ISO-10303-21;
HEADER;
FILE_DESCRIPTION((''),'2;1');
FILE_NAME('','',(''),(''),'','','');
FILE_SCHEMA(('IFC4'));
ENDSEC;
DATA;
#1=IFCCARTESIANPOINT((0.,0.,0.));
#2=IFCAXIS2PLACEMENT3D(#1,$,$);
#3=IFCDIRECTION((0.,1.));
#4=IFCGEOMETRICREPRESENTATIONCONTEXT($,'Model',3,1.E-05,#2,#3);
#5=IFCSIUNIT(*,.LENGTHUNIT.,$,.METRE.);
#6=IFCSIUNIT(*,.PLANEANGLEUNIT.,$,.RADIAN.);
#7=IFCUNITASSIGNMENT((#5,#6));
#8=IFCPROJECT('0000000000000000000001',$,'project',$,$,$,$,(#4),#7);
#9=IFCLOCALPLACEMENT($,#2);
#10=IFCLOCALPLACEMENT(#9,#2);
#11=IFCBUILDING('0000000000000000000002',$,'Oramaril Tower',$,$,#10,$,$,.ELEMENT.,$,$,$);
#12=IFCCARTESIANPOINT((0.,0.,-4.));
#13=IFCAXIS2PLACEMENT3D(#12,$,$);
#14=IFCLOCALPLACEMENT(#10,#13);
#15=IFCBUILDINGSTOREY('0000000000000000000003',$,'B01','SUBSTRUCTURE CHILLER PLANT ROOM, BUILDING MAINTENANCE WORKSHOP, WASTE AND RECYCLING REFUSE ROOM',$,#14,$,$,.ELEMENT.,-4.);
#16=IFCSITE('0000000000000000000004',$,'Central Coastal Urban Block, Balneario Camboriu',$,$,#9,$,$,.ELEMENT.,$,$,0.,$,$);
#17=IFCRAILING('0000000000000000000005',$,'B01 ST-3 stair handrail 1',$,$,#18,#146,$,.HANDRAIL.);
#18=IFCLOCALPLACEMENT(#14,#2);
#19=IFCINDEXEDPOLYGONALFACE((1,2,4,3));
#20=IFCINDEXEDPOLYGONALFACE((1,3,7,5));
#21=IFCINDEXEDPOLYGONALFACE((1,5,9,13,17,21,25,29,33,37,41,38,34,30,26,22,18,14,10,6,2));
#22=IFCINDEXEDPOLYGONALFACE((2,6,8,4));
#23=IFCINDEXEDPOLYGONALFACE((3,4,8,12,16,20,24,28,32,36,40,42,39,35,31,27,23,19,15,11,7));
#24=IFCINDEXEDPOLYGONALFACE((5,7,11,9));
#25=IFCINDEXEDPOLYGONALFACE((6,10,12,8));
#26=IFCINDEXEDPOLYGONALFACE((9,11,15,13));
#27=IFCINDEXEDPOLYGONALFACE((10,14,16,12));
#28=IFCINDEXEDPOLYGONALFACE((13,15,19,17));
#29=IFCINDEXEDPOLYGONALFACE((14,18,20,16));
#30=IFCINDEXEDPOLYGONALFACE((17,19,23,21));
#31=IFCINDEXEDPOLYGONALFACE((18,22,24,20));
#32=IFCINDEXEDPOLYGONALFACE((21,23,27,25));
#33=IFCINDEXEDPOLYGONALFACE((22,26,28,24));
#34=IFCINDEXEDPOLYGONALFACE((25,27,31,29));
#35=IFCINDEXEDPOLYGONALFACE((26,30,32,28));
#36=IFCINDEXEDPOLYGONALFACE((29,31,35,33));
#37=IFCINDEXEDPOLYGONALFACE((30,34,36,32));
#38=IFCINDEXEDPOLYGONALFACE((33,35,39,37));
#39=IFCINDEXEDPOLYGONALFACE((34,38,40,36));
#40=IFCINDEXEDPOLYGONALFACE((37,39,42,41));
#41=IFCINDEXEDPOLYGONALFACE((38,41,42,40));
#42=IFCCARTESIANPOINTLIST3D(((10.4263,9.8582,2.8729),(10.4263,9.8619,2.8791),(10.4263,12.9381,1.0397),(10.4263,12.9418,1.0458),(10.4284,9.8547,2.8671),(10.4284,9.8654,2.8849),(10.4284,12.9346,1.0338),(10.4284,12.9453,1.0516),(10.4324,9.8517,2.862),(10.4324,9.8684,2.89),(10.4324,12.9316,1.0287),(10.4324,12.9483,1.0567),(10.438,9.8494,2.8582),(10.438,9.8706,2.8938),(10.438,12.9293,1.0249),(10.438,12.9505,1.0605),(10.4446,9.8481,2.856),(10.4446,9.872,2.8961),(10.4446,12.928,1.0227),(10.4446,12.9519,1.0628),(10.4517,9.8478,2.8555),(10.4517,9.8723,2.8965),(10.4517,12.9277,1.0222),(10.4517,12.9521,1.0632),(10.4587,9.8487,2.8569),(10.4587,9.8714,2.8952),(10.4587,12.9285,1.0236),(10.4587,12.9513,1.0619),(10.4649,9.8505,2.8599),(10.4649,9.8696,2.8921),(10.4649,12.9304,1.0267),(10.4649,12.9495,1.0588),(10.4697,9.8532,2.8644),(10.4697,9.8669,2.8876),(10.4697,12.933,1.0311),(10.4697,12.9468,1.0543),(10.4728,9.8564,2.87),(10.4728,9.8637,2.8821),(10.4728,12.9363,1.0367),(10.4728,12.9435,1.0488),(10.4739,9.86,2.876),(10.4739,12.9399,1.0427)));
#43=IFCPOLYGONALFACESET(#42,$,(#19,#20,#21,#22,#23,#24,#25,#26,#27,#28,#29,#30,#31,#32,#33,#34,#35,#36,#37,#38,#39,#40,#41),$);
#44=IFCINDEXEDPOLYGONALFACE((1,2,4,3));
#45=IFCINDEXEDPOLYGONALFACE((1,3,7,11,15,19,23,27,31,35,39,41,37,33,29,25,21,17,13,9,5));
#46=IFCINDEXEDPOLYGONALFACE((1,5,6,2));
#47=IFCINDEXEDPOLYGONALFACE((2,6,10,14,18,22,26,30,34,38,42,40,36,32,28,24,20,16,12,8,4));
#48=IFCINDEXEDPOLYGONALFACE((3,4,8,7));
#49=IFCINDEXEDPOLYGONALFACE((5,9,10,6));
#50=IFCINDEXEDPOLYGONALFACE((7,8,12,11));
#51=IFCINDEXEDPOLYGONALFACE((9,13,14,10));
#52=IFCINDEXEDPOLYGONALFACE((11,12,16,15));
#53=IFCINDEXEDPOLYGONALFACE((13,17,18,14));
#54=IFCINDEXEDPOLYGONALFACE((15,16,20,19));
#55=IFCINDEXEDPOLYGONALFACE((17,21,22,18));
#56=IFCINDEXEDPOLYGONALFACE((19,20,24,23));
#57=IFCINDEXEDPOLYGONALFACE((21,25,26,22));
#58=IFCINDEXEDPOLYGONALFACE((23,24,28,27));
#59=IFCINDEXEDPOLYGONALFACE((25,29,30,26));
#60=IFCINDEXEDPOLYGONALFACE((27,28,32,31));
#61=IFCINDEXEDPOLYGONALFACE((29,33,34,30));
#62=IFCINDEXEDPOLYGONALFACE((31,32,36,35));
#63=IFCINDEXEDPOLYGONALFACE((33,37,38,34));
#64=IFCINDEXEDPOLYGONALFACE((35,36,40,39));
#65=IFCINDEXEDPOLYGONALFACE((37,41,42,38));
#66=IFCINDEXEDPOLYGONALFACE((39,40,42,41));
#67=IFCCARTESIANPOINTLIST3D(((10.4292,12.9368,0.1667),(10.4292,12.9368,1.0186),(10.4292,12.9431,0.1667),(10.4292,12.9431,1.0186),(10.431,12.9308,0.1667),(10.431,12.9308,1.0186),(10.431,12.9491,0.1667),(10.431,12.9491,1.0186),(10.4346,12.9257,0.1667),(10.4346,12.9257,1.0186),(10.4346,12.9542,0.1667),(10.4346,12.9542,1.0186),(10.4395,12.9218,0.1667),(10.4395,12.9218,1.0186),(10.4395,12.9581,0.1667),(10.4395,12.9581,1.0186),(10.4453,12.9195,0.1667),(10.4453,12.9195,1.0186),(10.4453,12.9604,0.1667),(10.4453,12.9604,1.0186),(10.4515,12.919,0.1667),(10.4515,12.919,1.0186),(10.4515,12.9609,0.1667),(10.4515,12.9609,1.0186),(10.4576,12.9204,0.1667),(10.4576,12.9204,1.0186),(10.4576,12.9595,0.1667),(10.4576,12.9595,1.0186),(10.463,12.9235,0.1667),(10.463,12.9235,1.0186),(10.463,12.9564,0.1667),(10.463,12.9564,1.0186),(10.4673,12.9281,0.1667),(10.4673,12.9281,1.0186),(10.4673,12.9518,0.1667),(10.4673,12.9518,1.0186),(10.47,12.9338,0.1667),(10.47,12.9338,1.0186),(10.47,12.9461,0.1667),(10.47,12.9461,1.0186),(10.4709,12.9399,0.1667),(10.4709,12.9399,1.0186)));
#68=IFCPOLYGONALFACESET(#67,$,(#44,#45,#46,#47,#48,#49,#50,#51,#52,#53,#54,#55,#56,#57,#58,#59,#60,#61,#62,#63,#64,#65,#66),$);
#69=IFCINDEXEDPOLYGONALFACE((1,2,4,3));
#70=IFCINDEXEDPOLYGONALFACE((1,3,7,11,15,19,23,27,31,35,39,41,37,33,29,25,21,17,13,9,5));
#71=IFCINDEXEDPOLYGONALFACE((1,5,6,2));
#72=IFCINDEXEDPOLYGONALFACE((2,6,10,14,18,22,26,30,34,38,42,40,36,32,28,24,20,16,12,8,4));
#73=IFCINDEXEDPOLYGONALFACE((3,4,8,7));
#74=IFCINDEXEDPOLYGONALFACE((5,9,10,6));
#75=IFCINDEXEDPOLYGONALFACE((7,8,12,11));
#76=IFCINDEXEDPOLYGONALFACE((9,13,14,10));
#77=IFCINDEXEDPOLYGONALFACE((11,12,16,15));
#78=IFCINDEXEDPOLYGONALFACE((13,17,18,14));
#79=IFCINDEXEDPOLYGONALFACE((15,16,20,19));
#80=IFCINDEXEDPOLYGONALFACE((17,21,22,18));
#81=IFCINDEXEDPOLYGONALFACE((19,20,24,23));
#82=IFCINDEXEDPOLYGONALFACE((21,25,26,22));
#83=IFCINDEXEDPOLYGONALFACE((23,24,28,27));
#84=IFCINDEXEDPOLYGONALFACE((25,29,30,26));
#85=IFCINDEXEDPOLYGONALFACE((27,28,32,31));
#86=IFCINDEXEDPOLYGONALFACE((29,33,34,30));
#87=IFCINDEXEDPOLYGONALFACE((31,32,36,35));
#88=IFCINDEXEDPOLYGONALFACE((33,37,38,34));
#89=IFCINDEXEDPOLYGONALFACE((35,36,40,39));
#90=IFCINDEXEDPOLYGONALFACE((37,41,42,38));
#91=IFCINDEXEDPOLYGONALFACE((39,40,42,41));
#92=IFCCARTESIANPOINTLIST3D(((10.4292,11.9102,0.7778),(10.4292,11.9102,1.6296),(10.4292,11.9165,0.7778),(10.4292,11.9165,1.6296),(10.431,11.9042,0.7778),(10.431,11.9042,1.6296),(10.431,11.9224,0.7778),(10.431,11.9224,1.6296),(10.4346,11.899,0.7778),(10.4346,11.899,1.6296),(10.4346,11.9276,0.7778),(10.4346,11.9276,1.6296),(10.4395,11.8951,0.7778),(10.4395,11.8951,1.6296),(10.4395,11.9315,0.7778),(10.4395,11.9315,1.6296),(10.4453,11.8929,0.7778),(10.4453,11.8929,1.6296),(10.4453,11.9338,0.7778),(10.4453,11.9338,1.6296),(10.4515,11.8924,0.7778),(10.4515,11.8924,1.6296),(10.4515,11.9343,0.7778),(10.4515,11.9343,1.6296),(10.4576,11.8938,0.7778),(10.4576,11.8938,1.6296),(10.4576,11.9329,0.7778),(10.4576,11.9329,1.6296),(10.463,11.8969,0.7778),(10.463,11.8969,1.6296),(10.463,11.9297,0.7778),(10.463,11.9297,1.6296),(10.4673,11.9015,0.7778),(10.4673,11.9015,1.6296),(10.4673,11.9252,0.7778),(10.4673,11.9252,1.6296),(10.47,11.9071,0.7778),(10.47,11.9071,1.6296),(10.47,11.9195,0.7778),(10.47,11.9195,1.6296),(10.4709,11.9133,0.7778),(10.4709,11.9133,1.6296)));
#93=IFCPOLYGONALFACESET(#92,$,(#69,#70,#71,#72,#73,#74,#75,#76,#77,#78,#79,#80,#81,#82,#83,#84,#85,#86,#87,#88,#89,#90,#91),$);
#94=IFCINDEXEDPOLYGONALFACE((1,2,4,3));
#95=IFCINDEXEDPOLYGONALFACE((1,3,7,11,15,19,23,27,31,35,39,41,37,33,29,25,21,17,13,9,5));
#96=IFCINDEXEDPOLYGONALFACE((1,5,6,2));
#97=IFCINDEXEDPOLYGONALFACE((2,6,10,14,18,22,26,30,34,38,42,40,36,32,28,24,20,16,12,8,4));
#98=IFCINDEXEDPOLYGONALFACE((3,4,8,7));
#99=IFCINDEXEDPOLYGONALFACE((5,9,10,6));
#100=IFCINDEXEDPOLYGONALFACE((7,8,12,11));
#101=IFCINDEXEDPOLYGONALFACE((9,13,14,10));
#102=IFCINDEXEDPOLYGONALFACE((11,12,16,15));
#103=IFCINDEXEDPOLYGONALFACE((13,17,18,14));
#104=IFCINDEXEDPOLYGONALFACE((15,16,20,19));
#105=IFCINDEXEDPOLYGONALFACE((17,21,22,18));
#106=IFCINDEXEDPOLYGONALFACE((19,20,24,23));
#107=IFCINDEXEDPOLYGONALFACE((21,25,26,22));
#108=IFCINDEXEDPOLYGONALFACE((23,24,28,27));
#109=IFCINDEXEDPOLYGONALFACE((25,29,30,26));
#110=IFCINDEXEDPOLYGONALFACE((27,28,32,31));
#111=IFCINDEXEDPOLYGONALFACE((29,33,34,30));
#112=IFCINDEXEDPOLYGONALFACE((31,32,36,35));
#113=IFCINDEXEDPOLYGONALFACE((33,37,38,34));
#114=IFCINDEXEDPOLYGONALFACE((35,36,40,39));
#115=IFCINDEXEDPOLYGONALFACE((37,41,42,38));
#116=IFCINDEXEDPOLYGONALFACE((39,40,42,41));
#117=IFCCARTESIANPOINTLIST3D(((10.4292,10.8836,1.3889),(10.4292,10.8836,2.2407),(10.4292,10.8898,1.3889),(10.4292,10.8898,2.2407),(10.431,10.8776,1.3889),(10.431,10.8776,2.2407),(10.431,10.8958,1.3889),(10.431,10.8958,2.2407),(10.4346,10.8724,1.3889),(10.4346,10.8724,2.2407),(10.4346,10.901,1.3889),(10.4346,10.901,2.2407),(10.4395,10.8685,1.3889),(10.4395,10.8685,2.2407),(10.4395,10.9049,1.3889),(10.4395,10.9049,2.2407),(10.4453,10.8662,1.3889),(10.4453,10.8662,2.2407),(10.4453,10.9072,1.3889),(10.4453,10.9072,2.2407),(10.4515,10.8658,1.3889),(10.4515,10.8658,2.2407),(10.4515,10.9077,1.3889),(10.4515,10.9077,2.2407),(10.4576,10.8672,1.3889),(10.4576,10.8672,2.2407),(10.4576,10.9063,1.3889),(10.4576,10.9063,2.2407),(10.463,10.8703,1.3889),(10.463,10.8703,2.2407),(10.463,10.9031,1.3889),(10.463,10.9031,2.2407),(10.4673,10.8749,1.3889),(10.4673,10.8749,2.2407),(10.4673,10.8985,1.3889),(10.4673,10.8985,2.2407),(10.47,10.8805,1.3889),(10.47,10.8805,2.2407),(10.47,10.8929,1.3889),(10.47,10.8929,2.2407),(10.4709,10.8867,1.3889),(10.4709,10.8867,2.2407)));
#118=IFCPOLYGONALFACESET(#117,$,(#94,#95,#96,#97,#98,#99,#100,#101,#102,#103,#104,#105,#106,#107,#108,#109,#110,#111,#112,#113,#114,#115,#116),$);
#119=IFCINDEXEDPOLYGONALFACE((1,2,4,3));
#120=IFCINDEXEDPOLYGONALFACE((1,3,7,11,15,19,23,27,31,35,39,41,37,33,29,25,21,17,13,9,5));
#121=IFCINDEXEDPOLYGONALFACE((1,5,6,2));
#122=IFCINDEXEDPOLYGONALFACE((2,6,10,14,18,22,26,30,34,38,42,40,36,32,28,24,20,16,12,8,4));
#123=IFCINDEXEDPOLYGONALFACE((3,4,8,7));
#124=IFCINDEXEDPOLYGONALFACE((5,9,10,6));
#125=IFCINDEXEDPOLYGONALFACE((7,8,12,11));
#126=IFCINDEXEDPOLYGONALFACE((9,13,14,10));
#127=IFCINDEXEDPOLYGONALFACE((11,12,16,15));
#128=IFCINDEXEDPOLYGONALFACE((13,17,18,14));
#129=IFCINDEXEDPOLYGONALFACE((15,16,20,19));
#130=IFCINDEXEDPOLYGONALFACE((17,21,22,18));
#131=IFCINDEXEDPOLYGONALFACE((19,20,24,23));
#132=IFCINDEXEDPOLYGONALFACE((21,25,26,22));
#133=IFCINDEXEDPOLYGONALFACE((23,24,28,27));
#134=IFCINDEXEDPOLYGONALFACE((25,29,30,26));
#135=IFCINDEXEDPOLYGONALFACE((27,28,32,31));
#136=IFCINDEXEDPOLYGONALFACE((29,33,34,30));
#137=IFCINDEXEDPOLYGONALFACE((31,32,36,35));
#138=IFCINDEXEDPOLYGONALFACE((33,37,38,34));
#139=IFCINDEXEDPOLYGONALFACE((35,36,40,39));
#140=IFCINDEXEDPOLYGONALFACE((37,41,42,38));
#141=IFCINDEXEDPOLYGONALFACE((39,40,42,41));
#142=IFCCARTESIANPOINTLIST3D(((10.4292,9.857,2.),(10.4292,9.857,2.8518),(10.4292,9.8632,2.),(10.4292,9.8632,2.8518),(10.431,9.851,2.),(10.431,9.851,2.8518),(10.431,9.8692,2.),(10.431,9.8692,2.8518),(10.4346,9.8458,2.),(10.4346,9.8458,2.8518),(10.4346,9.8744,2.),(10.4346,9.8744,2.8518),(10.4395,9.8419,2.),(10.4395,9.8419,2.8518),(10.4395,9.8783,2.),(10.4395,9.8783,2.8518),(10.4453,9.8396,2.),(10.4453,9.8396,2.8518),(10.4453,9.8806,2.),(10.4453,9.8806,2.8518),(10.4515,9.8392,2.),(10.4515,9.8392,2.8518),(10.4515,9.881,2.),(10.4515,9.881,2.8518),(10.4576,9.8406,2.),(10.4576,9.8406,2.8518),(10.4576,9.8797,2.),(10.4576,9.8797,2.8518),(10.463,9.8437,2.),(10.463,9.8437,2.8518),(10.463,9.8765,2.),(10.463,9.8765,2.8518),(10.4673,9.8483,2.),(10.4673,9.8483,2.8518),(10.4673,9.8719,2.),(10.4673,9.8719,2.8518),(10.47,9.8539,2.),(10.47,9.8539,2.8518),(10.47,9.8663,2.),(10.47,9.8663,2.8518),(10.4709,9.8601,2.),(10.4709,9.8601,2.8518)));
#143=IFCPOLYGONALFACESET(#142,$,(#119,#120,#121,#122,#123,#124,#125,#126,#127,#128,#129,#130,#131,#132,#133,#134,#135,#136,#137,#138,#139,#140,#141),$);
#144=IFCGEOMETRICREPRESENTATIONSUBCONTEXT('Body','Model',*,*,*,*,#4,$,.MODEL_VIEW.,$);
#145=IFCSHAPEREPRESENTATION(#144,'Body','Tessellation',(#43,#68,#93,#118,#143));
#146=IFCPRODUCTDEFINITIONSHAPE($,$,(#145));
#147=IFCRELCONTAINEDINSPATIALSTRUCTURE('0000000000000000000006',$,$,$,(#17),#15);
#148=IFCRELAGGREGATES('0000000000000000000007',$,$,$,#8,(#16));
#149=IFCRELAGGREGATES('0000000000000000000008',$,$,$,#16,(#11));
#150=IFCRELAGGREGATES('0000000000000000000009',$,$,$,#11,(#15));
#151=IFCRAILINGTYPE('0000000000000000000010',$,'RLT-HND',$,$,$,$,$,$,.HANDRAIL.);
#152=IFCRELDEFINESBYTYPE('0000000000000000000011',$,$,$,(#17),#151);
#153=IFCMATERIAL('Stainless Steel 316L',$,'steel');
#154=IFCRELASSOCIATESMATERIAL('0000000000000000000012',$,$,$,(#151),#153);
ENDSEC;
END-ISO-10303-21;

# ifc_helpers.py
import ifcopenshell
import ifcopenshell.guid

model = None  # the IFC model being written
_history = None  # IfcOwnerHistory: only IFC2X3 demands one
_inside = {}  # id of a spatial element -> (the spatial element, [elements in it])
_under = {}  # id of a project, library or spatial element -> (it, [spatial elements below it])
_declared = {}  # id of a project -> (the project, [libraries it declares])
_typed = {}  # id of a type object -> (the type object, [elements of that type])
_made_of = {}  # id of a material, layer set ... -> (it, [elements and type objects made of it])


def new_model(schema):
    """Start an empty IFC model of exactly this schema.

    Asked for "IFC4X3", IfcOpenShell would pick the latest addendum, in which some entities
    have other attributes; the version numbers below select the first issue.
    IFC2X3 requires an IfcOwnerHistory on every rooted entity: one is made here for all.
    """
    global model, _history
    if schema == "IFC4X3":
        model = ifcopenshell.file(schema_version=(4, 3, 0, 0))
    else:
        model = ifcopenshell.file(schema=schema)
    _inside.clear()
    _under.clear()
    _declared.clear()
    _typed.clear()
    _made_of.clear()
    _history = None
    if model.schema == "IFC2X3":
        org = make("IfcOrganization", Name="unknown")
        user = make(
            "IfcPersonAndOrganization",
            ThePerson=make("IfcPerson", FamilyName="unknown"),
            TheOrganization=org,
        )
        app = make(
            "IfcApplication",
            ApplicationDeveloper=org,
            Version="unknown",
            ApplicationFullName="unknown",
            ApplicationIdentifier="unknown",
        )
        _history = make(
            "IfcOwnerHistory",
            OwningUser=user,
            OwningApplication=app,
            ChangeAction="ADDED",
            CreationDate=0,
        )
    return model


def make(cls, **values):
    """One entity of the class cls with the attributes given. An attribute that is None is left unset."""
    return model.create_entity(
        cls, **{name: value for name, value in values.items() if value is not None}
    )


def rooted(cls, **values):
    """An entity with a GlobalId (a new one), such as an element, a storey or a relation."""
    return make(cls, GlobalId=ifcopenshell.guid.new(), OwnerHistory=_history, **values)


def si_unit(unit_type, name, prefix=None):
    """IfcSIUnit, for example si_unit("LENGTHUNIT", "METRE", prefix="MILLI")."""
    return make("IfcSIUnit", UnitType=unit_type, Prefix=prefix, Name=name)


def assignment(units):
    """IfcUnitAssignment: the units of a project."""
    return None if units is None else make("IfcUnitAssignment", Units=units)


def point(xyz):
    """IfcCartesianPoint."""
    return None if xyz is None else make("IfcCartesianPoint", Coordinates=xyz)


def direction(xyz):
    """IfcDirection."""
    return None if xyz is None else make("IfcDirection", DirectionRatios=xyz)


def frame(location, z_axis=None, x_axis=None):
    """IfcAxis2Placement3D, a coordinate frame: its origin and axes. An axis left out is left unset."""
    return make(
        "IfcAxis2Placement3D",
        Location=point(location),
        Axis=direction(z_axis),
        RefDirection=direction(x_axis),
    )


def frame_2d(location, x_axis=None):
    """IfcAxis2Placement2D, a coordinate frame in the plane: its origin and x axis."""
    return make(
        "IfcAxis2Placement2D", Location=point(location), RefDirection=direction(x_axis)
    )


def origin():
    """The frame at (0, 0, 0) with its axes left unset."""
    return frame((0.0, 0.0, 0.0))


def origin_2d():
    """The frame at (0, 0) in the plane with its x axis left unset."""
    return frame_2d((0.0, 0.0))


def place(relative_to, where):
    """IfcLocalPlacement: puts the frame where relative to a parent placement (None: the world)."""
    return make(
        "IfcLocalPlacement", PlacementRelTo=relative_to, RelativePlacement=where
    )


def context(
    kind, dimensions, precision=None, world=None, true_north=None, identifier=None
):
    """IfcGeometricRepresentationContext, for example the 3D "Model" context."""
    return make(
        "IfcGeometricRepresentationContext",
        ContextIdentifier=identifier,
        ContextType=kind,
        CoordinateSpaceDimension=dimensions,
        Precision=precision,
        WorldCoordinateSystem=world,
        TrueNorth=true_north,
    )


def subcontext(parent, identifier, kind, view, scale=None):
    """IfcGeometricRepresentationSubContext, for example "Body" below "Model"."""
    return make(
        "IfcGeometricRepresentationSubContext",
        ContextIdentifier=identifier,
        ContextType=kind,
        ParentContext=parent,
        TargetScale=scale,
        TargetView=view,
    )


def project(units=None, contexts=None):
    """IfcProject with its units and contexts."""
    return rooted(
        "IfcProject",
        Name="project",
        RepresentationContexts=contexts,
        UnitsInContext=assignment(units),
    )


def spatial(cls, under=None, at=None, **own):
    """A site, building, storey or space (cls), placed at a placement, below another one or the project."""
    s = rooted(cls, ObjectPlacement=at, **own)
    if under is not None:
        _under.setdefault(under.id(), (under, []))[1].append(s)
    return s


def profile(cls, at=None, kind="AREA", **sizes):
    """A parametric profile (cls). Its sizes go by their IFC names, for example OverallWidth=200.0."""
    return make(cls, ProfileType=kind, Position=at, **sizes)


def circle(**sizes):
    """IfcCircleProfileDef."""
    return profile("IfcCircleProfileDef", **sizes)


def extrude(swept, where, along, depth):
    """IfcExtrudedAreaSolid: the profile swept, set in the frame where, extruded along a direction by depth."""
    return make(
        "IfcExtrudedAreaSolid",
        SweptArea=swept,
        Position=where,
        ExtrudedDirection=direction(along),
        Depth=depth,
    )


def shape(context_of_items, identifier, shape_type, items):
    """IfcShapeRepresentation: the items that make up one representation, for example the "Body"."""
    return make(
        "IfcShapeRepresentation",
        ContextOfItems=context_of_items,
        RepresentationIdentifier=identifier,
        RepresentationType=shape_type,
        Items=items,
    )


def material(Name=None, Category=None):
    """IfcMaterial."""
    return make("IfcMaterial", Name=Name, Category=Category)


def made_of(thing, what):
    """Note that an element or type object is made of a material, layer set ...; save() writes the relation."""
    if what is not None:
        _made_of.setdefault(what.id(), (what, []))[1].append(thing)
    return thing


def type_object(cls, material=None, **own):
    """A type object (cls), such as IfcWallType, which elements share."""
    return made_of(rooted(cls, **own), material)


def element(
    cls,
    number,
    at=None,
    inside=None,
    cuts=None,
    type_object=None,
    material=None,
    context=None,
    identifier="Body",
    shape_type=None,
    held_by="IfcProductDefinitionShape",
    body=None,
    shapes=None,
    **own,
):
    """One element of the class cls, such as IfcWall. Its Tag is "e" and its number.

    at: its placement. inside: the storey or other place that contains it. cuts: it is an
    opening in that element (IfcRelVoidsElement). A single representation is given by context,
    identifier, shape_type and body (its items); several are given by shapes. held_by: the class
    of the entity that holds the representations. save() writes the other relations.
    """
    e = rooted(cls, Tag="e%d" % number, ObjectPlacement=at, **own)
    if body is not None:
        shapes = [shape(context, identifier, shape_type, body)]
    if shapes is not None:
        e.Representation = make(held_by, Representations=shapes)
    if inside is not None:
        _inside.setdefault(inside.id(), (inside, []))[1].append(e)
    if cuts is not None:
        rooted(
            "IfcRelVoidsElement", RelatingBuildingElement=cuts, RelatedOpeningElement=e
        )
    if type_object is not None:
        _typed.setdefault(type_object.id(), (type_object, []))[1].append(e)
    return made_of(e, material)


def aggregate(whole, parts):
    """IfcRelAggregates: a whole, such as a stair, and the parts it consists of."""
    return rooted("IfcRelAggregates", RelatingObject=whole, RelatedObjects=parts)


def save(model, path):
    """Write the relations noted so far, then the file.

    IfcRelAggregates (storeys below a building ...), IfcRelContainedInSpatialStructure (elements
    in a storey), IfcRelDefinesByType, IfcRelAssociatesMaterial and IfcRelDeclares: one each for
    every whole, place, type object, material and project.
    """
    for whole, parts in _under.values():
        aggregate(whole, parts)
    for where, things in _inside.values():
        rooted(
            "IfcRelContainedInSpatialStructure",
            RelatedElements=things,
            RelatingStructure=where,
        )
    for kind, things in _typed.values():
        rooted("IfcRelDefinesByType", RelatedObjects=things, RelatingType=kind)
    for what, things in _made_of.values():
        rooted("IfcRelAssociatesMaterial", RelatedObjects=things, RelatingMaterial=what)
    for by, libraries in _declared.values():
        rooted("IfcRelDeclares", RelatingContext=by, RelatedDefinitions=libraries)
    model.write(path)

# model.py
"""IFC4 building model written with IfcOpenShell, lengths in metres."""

from ifc_helpers import new_model, si_unit, direction, frame, origin, origin_2d, place, context, subcontext, project, spatial, circle, extrude, material, type_object, element, save


model = new_model("IFC4")

# Units and contexts
model_context = context("Model", 3, precision=1e-05, world=origin(), true_north=direction((0.0, 1.0)))
body_context = subcontext(model_context, "Body", "Model", "MODEL_VIEW")
ifc_project = project(units=[si_unit("LENGTHUNIT", "METRE"), si_unit("PLANEANGLEUNIT", "RADIAN")], contexts=[model_context])

# Site, building, storey
site_placement = place(None, origin())
site = spatial("IfcSite", under=ifc_project, at=site_placement, Name="Central Coastal Urban Block, Balneario Camboriu", CompositionType="ELEMENT", RefElevation=0.0)
building_placement = place(site_placement, origin())
building = spatial("IfcBuilding", under=site, at=building_placement, Name="Oramaril Tower", CompositionType="ELEMENT")
storey_placement = place(building_placement, frame((0.0, 0.0, -4.0)))
storey = spatial("IfcBuildingStorey", under=building, at=storey_placement, Name="B01", Description="SUBSTRUCTURE CHILLER PLANT ROOM, BUILDING MAINTENANCE WORKSHOP, WASTE AND RECYCLING REFUSE ROOM", CompositionType="ELEMENT", Elevation=-4.0)

# Railing
ifc_material_1 = material(Name="Stainless Steel 316L", Category="steel")
railing_type_1 = type_object("IfcRailingType", Name="RLT-HND", PredefinedType="HANDRAIL", material=ifc_material_1)
railing_1_placement = place(storey_placement, frame((10.45, 12.9399, 0.1667)))
element("IfcRailing", 1, at=railing_1_placement, inside=storey, type_object=railing_type_1, Name="B01 ST-3 stair handrail 1", PredefinedType="HANDRAIL", context=body_context, shape_type="SweptSolid", body=[
    extrude(circle(Radius=0.0239, at=origin_2d()), frame((0.0, 0.0, 0.876), z_axis=(0.0, -0.859291, 0.511487), x_axis=(1.0, 0.0, 0.0)), (0.0, 0.0, 1.0), 3.5842),
    extrude(circle(Radius=0.021, at=origin_2d()), origin(), (0.0, 0.0, 1.0), 0.8518),
    extrude(circle(Radius=0.021, at=origin_2d()), frame((0.0, -1.0266, 0.6111)), (0.0, 0.0, 1.0), 0.8518),
    extrude(circle(Radius=0.021, at=origin_2d()), frame((0.0, -2.0532, 1.2222)), (0.0, 0.0, 1.0), 0.8518),
    extrude(circle(Radius=0.021, at=origin_2d()), frame((0.0, -3.0798, 1.8333)), (0.0, 0.0, 1.0), 0.8518),
])

save(model, "model.ifc")
